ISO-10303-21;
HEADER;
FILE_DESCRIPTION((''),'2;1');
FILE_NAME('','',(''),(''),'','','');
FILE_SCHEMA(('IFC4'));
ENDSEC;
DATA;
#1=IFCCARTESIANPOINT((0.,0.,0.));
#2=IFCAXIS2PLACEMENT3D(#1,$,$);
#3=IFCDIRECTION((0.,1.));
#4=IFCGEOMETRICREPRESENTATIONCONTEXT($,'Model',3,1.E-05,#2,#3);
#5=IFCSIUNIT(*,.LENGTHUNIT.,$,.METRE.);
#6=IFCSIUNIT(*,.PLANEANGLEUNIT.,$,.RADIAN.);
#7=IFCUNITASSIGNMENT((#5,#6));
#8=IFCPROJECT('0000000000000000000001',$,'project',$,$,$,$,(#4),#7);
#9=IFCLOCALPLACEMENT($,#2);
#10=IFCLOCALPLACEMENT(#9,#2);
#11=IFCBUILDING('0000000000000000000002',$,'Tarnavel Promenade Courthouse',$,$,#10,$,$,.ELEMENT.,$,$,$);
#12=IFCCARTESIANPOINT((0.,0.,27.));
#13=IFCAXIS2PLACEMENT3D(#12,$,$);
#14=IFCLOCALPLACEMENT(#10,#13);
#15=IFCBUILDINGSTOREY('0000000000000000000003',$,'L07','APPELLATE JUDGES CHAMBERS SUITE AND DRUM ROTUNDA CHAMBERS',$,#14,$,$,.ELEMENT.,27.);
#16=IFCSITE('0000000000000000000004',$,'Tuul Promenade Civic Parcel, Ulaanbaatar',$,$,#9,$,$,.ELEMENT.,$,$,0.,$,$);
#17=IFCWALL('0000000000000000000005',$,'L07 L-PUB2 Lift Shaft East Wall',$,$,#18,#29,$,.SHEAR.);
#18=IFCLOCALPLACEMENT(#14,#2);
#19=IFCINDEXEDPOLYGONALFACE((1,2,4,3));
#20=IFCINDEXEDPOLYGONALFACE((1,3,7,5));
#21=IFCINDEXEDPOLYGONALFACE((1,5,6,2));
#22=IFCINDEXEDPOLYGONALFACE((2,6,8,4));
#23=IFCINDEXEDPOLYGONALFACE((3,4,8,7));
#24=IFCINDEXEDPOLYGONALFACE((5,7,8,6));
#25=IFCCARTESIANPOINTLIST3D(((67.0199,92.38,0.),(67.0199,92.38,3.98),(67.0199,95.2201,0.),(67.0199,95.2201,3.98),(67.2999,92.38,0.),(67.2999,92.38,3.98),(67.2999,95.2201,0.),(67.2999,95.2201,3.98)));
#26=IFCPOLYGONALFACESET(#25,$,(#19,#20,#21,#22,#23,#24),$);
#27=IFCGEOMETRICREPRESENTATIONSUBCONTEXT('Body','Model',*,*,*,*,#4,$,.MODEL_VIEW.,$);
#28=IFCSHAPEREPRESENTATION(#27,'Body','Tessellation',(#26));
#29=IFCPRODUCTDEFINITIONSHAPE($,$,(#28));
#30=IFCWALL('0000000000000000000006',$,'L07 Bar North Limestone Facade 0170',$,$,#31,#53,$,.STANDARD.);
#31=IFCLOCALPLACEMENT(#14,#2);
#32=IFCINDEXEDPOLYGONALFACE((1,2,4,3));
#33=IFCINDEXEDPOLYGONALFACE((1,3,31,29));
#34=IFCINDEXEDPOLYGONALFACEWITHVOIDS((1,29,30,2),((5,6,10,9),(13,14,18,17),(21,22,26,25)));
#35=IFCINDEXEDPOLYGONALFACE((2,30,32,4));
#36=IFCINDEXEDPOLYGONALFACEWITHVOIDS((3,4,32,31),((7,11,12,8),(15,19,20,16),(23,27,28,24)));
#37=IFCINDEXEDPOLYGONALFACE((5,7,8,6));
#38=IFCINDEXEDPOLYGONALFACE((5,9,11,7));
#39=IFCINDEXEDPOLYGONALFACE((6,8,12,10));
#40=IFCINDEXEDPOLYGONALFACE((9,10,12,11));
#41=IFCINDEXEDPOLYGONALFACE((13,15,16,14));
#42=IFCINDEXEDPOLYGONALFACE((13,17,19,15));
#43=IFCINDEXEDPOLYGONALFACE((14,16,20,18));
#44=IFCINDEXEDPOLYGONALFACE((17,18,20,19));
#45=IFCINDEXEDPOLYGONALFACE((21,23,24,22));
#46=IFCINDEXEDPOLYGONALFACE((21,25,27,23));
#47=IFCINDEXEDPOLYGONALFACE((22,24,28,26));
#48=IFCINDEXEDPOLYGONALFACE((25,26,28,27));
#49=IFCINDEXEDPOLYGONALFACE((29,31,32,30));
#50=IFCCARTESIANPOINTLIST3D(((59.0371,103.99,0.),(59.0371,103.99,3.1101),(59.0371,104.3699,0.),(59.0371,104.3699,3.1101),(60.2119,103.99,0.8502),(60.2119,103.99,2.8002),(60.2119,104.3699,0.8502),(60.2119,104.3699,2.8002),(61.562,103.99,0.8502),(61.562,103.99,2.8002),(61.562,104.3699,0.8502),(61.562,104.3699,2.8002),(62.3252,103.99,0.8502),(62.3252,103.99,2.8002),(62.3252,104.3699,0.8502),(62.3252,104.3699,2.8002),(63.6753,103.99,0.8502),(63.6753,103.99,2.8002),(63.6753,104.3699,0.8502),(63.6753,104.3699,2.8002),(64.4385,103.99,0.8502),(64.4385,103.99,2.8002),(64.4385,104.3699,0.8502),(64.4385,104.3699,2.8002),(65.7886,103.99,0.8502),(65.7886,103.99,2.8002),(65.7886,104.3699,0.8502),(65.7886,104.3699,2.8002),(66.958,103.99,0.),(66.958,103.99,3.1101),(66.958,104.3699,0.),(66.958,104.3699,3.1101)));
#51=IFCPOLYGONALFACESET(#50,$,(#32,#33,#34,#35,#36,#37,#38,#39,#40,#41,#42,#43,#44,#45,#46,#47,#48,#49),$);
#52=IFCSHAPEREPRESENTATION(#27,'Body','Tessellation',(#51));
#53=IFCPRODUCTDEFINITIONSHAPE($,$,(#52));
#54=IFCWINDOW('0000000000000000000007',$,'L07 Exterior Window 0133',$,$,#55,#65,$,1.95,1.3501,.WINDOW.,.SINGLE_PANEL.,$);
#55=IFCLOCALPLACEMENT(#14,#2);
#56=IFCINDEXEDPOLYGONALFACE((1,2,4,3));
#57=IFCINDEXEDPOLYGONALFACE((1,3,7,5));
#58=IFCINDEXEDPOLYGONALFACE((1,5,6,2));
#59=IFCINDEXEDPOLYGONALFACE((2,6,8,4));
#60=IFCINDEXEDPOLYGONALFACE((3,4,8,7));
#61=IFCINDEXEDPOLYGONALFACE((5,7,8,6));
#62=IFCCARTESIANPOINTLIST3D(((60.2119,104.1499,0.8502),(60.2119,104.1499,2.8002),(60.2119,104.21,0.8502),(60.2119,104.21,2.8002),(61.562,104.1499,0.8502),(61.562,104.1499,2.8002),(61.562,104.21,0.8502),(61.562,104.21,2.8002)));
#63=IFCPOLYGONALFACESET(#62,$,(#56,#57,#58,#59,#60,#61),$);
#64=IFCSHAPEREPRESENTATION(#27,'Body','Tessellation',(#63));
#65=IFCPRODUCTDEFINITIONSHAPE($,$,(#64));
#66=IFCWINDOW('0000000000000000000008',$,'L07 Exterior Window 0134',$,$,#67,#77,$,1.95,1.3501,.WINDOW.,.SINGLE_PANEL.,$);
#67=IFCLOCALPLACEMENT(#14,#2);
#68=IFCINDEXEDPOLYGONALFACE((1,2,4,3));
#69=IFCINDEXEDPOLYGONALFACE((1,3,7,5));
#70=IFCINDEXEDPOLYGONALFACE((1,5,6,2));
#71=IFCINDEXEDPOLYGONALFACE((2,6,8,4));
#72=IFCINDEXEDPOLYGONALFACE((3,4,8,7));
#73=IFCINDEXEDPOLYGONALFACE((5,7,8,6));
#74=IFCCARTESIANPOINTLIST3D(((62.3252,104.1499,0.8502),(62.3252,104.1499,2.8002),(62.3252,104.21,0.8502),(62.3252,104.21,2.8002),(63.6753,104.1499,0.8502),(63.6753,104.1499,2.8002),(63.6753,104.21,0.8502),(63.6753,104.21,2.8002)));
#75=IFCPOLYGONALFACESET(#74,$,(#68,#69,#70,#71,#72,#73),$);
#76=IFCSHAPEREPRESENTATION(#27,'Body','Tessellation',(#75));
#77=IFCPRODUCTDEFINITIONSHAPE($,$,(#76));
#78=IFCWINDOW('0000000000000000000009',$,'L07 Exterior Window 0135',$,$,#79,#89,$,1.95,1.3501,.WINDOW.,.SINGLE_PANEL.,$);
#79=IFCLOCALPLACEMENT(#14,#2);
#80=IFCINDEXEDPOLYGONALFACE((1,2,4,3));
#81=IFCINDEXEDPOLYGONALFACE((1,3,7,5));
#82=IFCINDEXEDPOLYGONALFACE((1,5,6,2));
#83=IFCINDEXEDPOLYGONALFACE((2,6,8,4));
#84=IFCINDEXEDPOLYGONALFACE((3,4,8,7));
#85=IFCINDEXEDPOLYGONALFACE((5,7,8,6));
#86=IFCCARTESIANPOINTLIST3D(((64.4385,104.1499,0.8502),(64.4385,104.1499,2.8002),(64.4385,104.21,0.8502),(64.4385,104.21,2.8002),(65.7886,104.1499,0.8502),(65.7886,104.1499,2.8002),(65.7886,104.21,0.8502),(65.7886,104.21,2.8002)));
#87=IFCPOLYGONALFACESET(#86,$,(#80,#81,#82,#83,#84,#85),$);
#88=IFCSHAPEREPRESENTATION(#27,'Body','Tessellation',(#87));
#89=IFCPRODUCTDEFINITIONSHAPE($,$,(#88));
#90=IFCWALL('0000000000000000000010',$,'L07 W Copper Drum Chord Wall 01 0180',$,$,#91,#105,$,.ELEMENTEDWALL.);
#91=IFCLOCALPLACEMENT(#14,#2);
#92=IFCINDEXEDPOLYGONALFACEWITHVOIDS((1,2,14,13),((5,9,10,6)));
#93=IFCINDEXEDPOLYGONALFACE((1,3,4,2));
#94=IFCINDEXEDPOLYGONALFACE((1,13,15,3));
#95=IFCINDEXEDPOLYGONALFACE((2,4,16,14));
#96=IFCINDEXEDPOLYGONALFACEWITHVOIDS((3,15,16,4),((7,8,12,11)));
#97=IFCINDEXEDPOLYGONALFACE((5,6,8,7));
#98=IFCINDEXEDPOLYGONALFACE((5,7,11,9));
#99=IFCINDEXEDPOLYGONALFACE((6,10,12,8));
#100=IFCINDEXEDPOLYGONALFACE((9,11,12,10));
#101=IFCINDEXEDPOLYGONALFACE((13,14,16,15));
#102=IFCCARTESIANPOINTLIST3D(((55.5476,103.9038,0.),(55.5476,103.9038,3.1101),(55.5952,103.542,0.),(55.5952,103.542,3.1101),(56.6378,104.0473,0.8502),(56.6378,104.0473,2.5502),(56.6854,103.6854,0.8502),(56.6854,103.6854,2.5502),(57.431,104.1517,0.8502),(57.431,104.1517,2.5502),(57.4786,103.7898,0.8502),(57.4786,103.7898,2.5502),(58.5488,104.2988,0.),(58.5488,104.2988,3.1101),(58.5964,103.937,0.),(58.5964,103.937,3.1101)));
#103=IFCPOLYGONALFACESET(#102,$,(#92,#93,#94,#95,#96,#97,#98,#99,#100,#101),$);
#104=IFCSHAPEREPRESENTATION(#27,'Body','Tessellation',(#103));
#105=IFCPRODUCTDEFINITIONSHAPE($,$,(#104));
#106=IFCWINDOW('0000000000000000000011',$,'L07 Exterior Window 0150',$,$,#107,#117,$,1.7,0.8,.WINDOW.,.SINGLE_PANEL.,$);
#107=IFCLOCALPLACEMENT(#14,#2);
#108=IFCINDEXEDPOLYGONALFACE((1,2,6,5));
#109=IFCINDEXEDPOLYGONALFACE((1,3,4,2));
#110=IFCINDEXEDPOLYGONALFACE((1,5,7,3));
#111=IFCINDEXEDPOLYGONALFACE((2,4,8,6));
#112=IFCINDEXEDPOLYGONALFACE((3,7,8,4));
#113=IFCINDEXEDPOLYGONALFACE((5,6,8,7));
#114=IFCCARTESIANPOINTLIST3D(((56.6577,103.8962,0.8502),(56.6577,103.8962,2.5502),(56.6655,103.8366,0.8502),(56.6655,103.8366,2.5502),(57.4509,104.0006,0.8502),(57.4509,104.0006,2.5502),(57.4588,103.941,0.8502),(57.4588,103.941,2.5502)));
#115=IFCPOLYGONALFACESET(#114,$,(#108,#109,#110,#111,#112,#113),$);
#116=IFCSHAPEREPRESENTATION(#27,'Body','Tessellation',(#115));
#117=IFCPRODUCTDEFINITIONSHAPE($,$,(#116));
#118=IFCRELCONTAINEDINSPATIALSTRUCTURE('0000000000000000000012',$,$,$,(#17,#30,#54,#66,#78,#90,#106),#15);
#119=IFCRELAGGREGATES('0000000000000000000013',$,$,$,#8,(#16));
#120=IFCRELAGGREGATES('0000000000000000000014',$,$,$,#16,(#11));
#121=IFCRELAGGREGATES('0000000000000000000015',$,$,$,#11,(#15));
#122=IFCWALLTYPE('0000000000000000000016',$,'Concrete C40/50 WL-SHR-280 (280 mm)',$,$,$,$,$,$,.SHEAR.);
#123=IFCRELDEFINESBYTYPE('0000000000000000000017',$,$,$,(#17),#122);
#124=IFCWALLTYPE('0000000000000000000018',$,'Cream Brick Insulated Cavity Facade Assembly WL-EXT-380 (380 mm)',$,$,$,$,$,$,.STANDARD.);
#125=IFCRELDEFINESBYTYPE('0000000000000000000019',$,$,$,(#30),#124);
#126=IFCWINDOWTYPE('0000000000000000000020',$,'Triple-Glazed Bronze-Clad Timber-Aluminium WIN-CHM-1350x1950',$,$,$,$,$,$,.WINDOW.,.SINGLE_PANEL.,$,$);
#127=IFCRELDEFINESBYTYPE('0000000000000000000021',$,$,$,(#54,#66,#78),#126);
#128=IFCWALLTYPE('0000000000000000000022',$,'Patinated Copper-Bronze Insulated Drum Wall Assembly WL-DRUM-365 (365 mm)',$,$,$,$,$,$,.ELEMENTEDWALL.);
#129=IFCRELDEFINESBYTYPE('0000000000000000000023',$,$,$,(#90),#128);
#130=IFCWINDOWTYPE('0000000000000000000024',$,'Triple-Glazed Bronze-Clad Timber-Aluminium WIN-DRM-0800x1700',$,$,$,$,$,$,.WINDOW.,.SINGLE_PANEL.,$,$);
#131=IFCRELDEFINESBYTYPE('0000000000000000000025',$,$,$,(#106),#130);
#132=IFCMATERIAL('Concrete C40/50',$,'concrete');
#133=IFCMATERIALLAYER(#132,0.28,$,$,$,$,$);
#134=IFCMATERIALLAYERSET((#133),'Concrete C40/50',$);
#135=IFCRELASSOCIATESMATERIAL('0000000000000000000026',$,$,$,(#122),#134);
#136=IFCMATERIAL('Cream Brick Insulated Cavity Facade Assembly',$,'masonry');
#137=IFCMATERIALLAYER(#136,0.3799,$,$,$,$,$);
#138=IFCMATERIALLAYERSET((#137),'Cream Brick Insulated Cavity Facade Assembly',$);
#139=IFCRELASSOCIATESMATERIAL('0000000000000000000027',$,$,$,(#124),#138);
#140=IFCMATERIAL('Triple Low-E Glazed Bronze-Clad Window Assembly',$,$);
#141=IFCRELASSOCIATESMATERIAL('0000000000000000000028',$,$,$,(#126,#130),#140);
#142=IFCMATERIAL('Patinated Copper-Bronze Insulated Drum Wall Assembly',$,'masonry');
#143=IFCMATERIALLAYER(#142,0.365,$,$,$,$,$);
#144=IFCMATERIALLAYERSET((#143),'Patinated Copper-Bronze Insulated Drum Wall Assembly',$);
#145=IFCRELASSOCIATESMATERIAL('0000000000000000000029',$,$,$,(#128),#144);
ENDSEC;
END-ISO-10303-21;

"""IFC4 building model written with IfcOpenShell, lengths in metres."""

from ifc_helpers import new_model, si_unit, direction, frame, frame_2d, origin, place, context, subcontext, project, spatial, rectangle, extrude, material, layer, layer_set, type_object, element, fill, save


model = new_model("IFC4")

# Units and contexts
model_context = context("Model", 3, precision=1e-05, world=origin(), true_north=direction((0.0, 1.0)))
body_context = subcontext(model_context, "Body", "Model", "MODEL_VIEW")
ifc_project = project(units=[si_unit("LENGTHUNIT", "METRE"), si_unit("PLANEANGLEUNIT", "RADIAN")], contexts=[model_context])

# Site, building, storey
site_placement = place(None, origin())
site = spatial("IfcSite", under=ifc_project, at=site_placement, Name="Tuul Promenade Civic Parcel, Ulaanbaatar", CompositionType="ELEMENT", RefElevation=0.0)
building_placement = place(site_placement, origin())
building = spatial("IfcBuilding", under=site, at=building_placement, Name="Tarnavel Promenade Courthouse", CompositionType="ELEMENT")
storey_placement = place(building_placement, frame((0.0, 0.0, 27.0)))
storey = spatial("IfcBuildingStorey", under=building, at=storey_placement, Name="L07", Description="APPELLATE JUDGES CHAMBERS SUITE AND DRUM ROTUNDA CHAMBERS", CompositionType="ELEMENT", Elevation=27.0)

# Shared definitions
ifc_material_1 = material(Name="Concrete C40/50", Category="concrete")

# Wall
ifc_layer_1 = layer(ifc_material_1, 0.28)
ifc_layer_set_1 = layer_set([ifc_layer_1], Name="Concrete C40/50")
wall_type_1 = type_object("IfcWallType", Name="Concrete C40/50 WL-SHR-280 (280 mm)", PredefinedType="SHEAR", material=ifc_layer_set_1)
for number, where, z_axis, x_axis, name in (
    (1, (67.1599, 95.22, 0.0), (0.0, 0.0, 1.0), (0.0, -1.0, 0.0), "L07 L-PUB2 Lift Shaft East Wall"),
):
    element("IfcWall", number, at=place(storey_placement, frame(where, z_axis=z_axis, x_axis=x_axis)), inside=storey, type_object=wall_type_1, Name=name, PredefinedType="SHEAR", context=body_context, shape_type="SweptSolid", body=[
        extrude(rectangle(XDim=2.8401, YDim=0.28, at=frame_2d((1.4199, 0.0))), origin(), (0.0, 0.0, 1.0), 3.98),
    ])

# Wall, openings, windows
ifc_material_2 = material(Name="Cream Brick Insulated Cavity Facade Assembly", Category="masonry")
ifc_layer_2 = layer(ifc_material_2, 0.3799)
ifc_layer_set_2 = layer_set([ifc_layer_2], Name="Cream Brick Insulated Cavity Facade Assembly")
wall_type_2 = type_object("IfcWallType", Name="Cream Brick Insulated Cavity Facade Assembly WL-EXT-380 (380 mm)", PredefinedType="STANDARD", material=ifc_layer_set_2)
wall_1_placement = place(storey_placement, frame((59.0371, 104.1799, 0.0), z_axis=(0.0, 0.0, 1.0), x_axis=(1.0, 0.0, 0.0)))
wall_1 = element("IfcWall", 2, at=wall_1_placement, inside=storey, type_object=wall_type_2, Name="L07 Bar North Limestone Facade 0170", PredefinedType="STANDARD", context=body_context, shape_type="SweptSolid", body=[
    extrude(rectangle(XDim=7.9209, YDim=0.3799, at=frame_2d((3.9604, 0.0))), origin(), (0.0, 0.0, 1.0), 3.1101),
])
opening_1_placement = place(wall_1_placement, frame((1.1748, 0.0, 0.8501)))
opening_1 = element("IfcOpeningElement", 3, at=opening_1_placement, cuts=wall_1, PredefinedType="OPENING", context=body_context, shape_type="SweptSolid", body=[
    extrude(rectangle(XDim=1.3501, YDim=1.95, at=frame_2d((0.675, 0.9751))), frame((0.0, 0.2, 0.0), z_axis=(0.0, -1.0, 0.0), x_axis=(1.0, 0.0, 0.0)), (0.0, 0.0, 1.0), 0.3999),
])
opening_2_placement = place(wall_1_placement, frame((3.2881, 0.0, 0.8501)))
opening_2 = element("IfcOpeningElement", 4, at=opening_2_placement, cuts=wall_1, PredefinedType="OPENING", context=body_context, shape_type="SweptSolid", body=[
    extrude(rectangle(XDim=1.3501, YDim=1.95, at=frame_2d((0.675, 0.9751))), frame((0.0, 0.2, 0.0), z_axis=(0.0, -1.0, 0.0), x_axis=(1.0, 0.0, 0.0)), (0.0, 0.0, 1.0), 0.3999),
])
opening_3_placement = place(wall_1_placement, frame((5.4014, 0.0, 0.8501)))
opening_3 = element("IfcOpeningElement", 5, at=opening_3_placement, cuts=wall_1, PredefinedType="OPENING", context=body_context, shape_type="SweptSolid", body=[
    extrude(rectangle(XDim=1.3501, YDim=1.95, at=frame_2d((0.675, 0.9751))), frame((0.0, 0.2, 0.0), z_axis=(0.0, -1.0, 0.0), x_axis=(1.0, 0.0, 0.0)), (0.0, 0.0, 1.0), 0.3999),
])
ifc_material_3 = material(Name="Triple Low-E Glazed Bronze-Clad Window Assembly")
window_type_1 = type_object("IfcWindowType", Name="Triple-Glazed Bronze-Clad Timber-Aluminium WIN-CHM-1350x1950", PartitioningType="SINGLE_PANEL", PredefinedType="WINDOW", material=ifc_material_3)
window_1_placement = place(opening_1_placement, origin())
window_1 = element("IfcWindow", 6, at=window_1_placement, inside=storey, type_object=window_type_1, Name="L07 Exterior Window 0133", OverallHeight=1.95, OverallWidth=1.3501, PartitioningType="SINGLE_PANEL", PredefinedType="WINDOW", context=body_context, shape_type="SweptSolid", body=[
    extrude(rectangle(XDim=1.3501, YDim=1.95, at=frame_2d((0.675, 0.9751))), frame((0.0, 0.03, 0.0), z_axis=(0.0, -1.0, 0.0), x_axis=(1.0, 0.0, 0.0)), (0.0, 0.0, 1.0), 0.0601),
])
fill(opening_1, window_1)
window_2_placement = place(opening_2_placement, origin())
window_2 = element("IfcWindow", 7, at=window_2_placement, inside=storey, type_object=window_type_1, Name="L07 Exterior Window 0134", OverallHeight=1.95, OverallWidth=1.3501, PartitioningType="SINGLE_PANEL", PredefinedType="WINDOW", context=body_context, shape_type="SweptSolid", body=[
    extrude(rectangle(XDim=1.3501, YDim=1.95, at=frame_2d((0.675, 0.9751))), frame((0.0, 0.03, 0.0), z_axis=(0.0, -1.0, 0.0), x_axis=(1.0, 0.0, 0.0)), (0.0, 0.0, 1.0), 0.0601),
])
fill(opening_2, window_2)
window_3_placement = place(opening_3_placement, origin())
window_3 = element("IfcWindow", 8, at=window_3_placement, inside=storey, type_object=window_type_1, Name="L07 Exterior Window 0135", OverallHeight=1.95, OverallWidth=1.3501, PartitioningType="SINGLE_PANEL", PredefinedType="WINDOW", context=body_context, shape_type="SweptSolid", body=[
    extrude(rectangle(XDim=1.3501, YDim=1.95, at=frame_2d((0.675, 0.9751))), frame((0.0, 0.03, 0.0), z_axis=(0.0, -1.0, 0.0), x_axis=(1.0, 0.0, 0.0)), (0.0, 0.0, 1.0), 0.0601),
])
fill(opening_3, window_3)

# Wall, opening, window
ifc_material_4 = material(Name="Patinated Copper-Bronze Insulated Drum Wall Assembly", Category="masonry")
ifc_layer_3 = layer(ifc_material_4, 0.365)
ifc_layer_set_3 = layer_set([ifc_layer_3], Name="Patinated Copper-Bronze Insulated Drum Wall Assembly")
wall_type_3 = type_object("IfcWallType", Name="Patinated Copper-Bronze Insulated Drum Wall Assembly WL-DRUM-365 (365 mm)", PredefinedType="ELEMENTEDWALL", material=ifc_layer_set_3)
wall_2_placement = place(storey_placement, frame((58.5728, 104.1179, 0.0), z_axis=(0.0, 0.0, 1.0), x_axis=(-0.991449, -0.130494, 0.0)))
wall_2 = element("IfcWall", 9, at=wall_2_placement, inside=storey, type_object=wall_type_3, Name="L07 W Copper Drum Chord Wall 01 0180", PredefinedType="ELEMENTEDWALL", context=body_context, shape_type="SweptSolid", body=[
    extrude(rectangle(XDim=3.0271, YDim=0.365, at=frame_2d((1.5137, 0.0))), origin(), (0.0, 0.0, 1.0), 3.1101),
])
opening_4_placement = place(wall_2_placement, frame((1.1277, 0.0, 0.8501)))
opening_4 = element("IfcOpeningElement", 10, at=opening_4_placement, cuts=wall_2, PredefinedType="OPENING", context=body_context, shape_type="SweptSolid", body=[
    extrude(rectangle(XDim=0.8, YDim=1.7, at=frame_2d((0.3999, 0.8501))), frame((0.0, 0.1924, 0.0), z_axis=(0.0, -1.0, 0.0), x_axis=(1.0, 0.0, 0.0)), (0.0, 0.0, 1.0), 0.385),
])
window_type_2 = type_object("IfcWindowType", Name="Triple-Glazed Bronze-Clad Timber-Aluminium WIN-DRM-0800x1700", PartitioningType="SINGLE_PANEL", PredefinedType="WINDOW", material=ifc_material_3)
window_4_placement = place(opening_4_placement, origin())
window_4 = element("IfcWindow", 11, at=window_4_placement, inside=storey, type_object=window_type_2, Name="L07 Exterior Window 0150", OverallHeight=1.7, OverallWidth=0.8, PartitioningType="SINGLE_PANEL", PredefinedType="WINDOW", context=body_context, shape_type="SweptSolid", body=[
    extrude(rectangle(XDim=0.8, YDim=1.7, at=frame_2d((0.3999, 0.8501))), frame((0.0, 0.03, 0.0), z_axis=(0.0, -1.0, 0.0), x_axis=(1.0, 0.0, 0.0)), (0.0, 0.0, 1.0), 0.0601),
])
fill(opening_4, window_4)

save(model, "model.ifc")
